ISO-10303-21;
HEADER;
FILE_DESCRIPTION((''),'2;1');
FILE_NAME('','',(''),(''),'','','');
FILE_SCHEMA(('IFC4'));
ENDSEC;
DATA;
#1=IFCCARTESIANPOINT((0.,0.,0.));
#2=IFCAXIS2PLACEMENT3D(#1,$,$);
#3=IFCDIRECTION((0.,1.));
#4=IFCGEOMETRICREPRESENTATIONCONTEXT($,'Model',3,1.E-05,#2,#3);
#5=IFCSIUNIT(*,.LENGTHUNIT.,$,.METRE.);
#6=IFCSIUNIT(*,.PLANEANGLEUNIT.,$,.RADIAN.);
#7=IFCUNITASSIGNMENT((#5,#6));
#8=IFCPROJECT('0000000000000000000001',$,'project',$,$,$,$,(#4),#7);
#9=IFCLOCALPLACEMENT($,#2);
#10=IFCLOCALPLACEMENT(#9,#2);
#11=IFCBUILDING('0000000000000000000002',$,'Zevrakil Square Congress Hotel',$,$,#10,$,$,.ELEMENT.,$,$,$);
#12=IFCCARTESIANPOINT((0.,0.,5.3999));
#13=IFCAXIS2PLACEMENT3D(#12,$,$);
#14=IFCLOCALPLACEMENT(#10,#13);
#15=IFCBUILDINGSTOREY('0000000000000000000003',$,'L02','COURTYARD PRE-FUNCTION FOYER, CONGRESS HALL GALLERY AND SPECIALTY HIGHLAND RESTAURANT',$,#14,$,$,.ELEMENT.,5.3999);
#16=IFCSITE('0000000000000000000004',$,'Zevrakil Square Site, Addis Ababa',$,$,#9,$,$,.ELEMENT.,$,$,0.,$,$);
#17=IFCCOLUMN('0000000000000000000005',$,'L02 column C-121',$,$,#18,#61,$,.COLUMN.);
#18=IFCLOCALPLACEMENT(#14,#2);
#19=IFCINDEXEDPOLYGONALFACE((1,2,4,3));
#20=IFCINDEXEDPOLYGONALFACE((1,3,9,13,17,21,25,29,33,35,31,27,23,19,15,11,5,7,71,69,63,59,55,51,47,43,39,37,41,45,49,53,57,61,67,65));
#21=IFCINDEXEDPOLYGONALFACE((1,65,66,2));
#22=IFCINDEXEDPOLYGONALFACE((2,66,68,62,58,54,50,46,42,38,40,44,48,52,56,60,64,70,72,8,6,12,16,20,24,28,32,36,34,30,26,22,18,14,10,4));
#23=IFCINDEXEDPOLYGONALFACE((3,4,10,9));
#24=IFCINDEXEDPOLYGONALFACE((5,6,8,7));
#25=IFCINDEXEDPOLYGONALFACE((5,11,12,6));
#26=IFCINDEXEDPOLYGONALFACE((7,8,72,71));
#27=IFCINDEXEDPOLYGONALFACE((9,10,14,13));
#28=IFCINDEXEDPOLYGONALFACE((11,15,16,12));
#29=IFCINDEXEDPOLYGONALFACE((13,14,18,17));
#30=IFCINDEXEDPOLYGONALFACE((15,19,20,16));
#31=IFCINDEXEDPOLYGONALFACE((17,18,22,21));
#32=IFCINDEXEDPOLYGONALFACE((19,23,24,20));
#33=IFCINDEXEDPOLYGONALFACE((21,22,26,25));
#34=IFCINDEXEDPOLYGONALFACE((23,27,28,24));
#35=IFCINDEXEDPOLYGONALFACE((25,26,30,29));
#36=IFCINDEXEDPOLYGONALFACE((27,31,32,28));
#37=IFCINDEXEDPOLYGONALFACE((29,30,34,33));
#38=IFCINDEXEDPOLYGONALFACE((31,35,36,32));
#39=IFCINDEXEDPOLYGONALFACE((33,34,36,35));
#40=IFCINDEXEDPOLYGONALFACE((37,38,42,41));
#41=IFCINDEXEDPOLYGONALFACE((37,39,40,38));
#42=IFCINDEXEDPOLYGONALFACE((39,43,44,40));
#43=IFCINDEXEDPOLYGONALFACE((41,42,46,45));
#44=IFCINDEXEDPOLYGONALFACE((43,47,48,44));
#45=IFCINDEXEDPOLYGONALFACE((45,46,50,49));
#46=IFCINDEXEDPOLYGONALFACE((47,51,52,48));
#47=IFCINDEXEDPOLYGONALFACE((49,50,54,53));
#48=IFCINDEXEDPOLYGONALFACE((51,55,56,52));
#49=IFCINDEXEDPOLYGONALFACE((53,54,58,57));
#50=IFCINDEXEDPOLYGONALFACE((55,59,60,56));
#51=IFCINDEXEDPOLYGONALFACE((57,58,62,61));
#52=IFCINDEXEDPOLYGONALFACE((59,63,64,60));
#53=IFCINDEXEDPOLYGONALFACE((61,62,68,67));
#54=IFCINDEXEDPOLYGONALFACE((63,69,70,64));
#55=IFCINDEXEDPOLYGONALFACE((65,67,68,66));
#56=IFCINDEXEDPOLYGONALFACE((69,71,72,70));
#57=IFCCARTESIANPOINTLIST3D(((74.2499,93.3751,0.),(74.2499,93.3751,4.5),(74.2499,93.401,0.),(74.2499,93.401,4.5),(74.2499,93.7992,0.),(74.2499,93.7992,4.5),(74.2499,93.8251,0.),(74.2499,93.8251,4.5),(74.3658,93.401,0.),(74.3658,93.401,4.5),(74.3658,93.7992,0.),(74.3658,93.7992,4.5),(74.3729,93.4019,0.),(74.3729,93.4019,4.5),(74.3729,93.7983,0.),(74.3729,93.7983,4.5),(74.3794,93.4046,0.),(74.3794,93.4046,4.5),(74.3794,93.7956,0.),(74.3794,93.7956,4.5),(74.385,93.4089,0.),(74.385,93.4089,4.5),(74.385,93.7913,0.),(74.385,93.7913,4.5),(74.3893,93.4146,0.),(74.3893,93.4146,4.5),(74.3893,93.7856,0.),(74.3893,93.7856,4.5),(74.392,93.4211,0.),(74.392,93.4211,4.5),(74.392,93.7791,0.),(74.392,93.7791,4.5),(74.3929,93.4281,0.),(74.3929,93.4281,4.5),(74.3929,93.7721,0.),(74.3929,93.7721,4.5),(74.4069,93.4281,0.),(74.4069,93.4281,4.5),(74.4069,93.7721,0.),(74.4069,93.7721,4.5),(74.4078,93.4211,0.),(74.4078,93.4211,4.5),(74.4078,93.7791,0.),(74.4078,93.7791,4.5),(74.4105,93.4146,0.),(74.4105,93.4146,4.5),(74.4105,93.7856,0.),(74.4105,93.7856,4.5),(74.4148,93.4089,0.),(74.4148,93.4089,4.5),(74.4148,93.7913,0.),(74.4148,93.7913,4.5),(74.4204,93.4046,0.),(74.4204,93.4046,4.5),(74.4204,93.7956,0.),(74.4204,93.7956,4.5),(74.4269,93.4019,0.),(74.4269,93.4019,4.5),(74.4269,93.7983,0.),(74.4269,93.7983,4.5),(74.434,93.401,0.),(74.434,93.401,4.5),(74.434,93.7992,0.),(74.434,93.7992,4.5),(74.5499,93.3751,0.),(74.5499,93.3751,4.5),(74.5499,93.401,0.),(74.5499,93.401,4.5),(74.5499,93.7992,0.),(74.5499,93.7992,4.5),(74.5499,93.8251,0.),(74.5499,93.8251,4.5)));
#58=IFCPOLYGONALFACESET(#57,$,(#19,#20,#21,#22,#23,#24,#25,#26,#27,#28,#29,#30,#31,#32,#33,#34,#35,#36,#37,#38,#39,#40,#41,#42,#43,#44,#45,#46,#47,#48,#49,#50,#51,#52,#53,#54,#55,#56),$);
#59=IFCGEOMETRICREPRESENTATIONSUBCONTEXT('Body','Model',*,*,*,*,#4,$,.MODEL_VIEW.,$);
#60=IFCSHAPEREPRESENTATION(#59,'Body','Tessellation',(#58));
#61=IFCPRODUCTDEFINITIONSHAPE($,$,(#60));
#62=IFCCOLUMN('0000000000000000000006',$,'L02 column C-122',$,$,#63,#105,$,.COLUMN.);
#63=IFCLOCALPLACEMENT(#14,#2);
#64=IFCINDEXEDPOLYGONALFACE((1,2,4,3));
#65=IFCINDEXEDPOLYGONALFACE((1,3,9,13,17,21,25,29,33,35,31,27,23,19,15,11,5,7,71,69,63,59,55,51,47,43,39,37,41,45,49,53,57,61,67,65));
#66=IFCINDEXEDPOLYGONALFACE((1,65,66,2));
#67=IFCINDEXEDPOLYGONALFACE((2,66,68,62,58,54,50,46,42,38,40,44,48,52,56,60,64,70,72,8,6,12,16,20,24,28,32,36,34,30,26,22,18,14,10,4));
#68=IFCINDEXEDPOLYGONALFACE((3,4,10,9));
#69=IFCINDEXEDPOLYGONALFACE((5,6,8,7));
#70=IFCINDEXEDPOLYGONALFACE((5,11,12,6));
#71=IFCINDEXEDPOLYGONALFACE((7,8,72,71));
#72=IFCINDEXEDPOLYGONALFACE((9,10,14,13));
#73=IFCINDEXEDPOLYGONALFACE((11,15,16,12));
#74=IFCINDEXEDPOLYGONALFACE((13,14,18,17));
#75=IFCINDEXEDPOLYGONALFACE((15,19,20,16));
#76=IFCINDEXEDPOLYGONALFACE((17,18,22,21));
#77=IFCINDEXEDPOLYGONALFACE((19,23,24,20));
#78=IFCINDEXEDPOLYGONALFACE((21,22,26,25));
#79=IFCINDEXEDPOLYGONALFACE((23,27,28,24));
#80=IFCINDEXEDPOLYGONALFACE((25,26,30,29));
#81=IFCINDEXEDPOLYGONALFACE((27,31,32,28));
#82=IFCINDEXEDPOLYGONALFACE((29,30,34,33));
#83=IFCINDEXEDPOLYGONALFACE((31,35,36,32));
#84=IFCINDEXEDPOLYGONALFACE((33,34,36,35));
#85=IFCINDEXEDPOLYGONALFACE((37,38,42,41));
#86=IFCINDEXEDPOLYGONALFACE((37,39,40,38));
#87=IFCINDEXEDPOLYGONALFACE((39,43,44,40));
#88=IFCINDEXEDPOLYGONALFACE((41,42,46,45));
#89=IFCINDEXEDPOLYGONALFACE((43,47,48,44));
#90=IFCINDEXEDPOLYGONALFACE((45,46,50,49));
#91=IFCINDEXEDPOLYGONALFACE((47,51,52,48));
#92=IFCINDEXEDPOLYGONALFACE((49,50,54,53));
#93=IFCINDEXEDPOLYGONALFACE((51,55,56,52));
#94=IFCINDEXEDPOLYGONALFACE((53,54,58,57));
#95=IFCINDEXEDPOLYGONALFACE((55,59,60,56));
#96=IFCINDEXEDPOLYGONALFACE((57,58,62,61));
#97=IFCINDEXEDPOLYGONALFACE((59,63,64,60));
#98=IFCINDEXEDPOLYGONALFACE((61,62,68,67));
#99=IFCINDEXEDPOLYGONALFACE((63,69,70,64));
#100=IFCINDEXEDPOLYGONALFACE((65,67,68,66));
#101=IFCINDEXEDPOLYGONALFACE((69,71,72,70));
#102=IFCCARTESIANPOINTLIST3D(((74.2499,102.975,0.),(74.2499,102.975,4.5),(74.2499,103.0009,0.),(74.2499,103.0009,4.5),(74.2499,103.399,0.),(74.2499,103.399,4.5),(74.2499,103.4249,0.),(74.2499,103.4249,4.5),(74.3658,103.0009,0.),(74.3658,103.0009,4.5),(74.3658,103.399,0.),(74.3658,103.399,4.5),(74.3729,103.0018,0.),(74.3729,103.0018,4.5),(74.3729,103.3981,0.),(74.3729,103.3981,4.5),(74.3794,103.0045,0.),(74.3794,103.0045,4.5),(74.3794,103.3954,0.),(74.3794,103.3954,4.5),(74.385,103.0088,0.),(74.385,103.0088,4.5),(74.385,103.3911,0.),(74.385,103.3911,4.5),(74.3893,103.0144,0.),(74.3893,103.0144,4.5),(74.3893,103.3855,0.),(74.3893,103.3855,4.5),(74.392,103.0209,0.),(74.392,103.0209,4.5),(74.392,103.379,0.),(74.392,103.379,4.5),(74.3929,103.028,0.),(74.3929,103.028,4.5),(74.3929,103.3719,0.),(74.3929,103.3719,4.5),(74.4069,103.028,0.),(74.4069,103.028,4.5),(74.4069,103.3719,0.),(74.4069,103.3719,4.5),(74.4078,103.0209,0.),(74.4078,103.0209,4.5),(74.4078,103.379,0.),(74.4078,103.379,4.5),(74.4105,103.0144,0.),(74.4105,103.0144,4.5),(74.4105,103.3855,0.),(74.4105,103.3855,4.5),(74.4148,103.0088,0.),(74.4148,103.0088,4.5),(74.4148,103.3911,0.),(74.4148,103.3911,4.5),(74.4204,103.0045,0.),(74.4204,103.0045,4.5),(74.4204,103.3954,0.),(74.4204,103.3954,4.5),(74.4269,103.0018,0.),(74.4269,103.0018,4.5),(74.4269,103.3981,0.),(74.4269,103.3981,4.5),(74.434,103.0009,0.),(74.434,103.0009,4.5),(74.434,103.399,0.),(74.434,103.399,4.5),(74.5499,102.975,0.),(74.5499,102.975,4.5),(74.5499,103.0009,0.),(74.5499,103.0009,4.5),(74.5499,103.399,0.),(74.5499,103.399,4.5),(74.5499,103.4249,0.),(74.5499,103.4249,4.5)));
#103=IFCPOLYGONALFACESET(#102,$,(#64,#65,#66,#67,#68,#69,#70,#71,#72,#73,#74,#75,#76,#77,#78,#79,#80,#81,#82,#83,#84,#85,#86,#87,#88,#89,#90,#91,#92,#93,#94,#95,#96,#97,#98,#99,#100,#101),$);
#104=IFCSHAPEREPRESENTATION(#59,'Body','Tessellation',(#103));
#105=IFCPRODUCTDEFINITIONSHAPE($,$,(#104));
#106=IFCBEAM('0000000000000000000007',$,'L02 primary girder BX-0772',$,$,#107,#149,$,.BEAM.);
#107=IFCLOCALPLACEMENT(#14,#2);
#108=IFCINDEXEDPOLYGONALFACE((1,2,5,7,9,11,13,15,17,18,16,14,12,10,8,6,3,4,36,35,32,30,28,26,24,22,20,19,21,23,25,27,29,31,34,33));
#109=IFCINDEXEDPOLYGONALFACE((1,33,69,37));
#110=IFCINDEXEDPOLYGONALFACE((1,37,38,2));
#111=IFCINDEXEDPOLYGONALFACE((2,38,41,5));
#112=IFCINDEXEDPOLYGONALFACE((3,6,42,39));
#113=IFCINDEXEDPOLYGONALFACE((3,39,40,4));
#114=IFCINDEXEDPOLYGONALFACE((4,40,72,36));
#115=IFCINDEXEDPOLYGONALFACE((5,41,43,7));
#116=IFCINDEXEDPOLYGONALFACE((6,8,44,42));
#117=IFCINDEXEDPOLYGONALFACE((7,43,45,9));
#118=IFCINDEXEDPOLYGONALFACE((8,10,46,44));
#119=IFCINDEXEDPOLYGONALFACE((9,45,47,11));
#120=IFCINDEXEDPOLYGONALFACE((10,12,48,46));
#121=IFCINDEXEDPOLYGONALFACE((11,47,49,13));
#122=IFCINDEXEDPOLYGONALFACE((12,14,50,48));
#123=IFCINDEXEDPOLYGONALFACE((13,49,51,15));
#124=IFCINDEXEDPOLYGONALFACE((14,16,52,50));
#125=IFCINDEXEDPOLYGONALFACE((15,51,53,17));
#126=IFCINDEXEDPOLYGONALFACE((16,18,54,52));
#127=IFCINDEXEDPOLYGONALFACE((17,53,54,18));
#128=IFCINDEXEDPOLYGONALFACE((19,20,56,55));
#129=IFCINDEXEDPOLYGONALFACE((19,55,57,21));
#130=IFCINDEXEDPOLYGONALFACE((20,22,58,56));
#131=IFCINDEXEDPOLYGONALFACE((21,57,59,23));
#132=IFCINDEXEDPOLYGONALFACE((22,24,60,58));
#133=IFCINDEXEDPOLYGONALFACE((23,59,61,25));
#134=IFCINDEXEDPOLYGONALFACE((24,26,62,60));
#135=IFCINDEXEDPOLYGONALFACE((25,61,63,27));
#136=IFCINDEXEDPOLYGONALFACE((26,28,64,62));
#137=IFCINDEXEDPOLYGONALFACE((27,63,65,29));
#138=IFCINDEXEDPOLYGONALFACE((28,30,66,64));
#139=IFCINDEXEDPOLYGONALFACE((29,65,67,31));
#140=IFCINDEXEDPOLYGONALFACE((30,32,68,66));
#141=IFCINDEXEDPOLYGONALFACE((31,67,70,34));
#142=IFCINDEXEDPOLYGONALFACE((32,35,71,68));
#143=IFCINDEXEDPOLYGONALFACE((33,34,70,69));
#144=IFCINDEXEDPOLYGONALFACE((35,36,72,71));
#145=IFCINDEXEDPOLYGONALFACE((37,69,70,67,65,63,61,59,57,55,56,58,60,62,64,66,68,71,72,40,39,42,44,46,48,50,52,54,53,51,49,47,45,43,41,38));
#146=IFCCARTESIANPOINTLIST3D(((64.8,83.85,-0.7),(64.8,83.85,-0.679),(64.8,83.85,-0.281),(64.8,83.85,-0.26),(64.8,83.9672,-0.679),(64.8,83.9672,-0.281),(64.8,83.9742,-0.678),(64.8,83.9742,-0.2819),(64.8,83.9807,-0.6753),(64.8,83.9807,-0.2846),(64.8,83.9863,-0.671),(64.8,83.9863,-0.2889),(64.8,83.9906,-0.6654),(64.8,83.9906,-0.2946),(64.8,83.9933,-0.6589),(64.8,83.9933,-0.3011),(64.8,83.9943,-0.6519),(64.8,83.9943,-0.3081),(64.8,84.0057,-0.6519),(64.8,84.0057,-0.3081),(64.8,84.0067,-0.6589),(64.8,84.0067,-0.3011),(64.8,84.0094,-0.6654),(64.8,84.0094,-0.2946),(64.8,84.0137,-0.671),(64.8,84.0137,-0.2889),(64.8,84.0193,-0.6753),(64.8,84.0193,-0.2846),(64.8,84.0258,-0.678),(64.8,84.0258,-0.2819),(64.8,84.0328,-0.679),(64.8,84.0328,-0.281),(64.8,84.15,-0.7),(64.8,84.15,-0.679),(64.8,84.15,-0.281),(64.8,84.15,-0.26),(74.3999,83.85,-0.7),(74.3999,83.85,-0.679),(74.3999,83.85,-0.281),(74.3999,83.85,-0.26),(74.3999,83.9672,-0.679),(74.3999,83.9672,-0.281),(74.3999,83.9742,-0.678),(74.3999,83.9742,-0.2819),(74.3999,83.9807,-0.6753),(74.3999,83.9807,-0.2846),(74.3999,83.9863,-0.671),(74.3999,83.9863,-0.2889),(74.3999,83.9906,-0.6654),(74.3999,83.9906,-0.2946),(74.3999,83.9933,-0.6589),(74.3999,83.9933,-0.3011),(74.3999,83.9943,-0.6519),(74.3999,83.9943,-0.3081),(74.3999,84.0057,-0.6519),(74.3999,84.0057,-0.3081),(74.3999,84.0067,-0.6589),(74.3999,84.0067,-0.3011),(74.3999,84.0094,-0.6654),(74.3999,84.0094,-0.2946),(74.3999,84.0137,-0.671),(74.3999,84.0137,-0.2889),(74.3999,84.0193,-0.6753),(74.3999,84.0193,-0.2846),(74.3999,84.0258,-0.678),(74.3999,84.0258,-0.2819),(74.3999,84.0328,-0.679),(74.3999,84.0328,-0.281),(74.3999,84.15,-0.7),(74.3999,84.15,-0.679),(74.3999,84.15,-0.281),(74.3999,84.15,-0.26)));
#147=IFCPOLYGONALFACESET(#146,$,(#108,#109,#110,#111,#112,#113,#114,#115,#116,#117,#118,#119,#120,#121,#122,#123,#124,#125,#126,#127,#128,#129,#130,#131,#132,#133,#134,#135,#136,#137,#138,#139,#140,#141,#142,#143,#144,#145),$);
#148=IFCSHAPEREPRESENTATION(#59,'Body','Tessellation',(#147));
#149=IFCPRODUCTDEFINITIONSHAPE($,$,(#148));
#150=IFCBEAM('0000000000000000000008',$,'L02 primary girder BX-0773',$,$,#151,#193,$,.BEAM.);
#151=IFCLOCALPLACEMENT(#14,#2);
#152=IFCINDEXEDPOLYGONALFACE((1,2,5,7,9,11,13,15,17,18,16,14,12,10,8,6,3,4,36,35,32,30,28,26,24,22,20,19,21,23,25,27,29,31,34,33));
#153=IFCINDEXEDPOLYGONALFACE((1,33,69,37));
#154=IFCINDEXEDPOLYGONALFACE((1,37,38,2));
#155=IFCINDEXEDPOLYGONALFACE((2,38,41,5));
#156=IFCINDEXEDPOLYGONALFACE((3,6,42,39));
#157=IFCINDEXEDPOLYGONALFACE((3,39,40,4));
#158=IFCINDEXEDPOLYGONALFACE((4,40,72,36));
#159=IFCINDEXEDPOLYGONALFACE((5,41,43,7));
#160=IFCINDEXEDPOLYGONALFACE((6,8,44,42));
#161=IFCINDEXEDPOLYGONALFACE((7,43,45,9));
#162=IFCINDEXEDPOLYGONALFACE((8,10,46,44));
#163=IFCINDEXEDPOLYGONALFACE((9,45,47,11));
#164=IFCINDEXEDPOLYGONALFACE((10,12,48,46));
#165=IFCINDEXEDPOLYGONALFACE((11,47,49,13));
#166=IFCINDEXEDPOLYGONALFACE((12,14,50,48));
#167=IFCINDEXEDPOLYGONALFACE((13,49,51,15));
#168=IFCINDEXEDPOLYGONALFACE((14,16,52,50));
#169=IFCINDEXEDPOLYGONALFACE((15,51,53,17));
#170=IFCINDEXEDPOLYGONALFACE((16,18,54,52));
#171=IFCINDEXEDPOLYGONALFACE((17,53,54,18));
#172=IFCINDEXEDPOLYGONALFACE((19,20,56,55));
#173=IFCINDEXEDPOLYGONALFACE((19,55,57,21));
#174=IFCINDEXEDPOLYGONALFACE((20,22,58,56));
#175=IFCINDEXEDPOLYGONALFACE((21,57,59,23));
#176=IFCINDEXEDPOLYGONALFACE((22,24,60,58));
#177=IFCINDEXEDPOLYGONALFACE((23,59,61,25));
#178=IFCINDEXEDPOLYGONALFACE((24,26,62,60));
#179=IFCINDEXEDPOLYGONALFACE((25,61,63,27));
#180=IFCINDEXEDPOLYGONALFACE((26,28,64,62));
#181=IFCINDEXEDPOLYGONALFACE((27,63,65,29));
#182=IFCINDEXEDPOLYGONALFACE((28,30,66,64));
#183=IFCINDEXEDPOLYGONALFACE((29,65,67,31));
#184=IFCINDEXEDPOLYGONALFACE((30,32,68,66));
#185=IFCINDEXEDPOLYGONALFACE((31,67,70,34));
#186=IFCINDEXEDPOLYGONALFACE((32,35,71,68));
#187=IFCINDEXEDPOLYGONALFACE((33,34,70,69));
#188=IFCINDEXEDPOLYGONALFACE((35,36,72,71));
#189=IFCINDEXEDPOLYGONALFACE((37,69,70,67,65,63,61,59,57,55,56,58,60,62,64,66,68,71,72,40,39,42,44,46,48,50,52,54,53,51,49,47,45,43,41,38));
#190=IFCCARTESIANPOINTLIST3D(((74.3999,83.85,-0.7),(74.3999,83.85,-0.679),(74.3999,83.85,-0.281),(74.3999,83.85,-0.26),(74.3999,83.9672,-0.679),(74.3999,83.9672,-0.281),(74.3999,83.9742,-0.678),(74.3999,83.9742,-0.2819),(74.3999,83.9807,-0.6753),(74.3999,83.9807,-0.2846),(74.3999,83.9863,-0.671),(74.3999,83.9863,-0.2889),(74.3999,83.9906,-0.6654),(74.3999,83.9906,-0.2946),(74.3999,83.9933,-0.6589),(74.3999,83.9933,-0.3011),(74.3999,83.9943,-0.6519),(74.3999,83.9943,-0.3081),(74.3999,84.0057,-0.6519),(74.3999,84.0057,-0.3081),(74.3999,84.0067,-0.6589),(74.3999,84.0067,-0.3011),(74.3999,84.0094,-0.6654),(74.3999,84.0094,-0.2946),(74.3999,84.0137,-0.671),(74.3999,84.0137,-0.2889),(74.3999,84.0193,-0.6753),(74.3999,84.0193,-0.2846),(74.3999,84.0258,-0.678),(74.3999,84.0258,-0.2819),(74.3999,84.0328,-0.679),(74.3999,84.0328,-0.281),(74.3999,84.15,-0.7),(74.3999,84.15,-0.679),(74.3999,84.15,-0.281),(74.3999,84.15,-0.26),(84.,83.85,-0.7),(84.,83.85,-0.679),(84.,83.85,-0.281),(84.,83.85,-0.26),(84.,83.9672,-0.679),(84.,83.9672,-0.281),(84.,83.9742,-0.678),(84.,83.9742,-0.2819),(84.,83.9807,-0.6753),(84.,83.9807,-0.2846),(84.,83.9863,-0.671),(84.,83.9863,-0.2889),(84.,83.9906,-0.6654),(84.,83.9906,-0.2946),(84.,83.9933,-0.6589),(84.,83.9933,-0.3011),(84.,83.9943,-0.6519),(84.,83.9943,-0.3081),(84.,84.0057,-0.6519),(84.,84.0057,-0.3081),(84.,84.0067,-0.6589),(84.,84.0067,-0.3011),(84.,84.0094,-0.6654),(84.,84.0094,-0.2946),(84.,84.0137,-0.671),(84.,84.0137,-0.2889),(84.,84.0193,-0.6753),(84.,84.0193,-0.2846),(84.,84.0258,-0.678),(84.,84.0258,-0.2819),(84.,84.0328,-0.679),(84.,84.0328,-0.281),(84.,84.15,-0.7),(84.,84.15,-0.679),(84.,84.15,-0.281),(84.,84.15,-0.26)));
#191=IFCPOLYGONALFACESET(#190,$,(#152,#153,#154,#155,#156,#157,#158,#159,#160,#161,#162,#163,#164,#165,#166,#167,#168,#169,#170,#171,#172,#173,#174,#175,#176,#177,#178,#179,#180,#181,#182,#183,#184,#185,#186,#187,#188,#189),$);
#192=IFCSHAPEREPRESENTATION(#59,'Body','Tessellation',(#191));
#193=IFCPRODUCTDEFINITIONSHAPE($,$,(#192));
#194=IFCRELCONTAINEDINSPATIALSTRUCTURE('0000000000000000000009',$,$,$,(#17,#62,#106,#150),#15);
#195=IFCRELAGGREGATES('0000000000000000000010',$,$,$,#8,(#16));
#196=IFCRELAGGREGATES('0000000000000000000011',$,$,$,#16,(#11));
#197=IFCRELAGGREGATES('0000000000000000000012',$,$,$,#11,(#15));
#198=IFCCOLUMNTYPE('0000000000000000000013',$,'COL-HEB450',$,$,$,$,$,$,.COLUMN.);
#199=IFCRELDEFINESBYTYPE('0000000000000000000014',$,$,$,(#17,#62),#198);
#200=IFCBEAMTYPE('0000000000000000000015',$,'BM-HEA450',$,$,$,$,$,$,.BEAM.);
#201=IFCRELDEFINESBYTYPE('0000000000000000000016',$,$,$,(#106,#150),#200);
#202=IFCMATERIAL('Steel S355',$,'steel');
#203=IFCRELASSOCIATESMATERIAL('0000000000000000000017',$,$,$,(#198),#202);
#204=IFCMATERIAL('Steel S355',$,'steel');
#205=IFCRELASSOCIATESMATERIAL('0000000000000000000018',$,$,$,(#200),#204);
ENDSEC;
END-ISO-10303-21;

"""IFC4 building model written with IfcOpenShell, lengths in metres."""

from ifc_helpers import new_model, si_unit, direction, frame, origin, origin_2d, place, context, subcontext, project, spatial, i_section, extrude, material, material_profile, profile_set, type_object, element, save


model = new_model("IFC4")

# Units and contexts
model_context = context("Model", 3, precision=1e-05, world=origin(), true_north=direction((0.0, 1.0)))
body_context = subcontext(model_context, "Body", "Model", "MODEL_VIEW")
ifc_project = project(units=[si_unit("LENGTHUNIT", "METRE"), si_unit("PLANEANGLEUNIT", "RADIAN")], contexts=[model_context])

# Site, building, storey
site_placement = place(None, origin())
site = spatial("IfcSite", under=ifc_project, at=site_placement, Name="Zevrakil Square Site, Addis Ababa", CompositionType="ELEMENT", RefElevation=0.0)
building_placement = place(site_placement, origin())
building = spatial("IfcBuilding", under=site, at=building_placement, Name="Zevrakil Square Congress Hotel", CompositionType="ELEMENT")
storey_placement = place(building_placement, frame((0.0, 0.0, 5.3999)))
storey = spatial("IfcBuildingStorey", under=building, at=storey_placement, Name="L02", Description="COURTYARD PRE-FUNCTION FOYER, CONGRESS HALL GALLERY AND SPECIALTY HIGHLAND RESTAURANT", CompositionType="ELEMENT", Elevation=5.3999)

# Columns
ifc_material_1 = material(Name="Steel S355", Category="steel")
ifc_material_profile_1 = material_profile(ifc_material_1, i_section(OverallWidth=0.3, OverallDepth=0.45, WebThickness=0.0139, FlangeThickness=0.0259, FilletRadius=0.0271, at=origin_2d()), Name="HEB 450")
ifc_profile_set_1 = profile_set([ifc_material_profile_1], Name="Steel S355")
column_type = type_object("IfcColumnType", Name="COL-HEB450", PredefinedType="COLUMN", material=ifc_profile_set_1)
for number, where, z_axis, x_axis, name in (
    (1, (74.3999, 93.6001, 0.0), (0.0, 0.0, 1.0), (1.0, 0.0, 0.0), "L02 column C-121"),
    (2, (74.3999, 103.2, 0.0), (0.0, 0.0, 1.0), (1.0, 0.0, 0.0), "L02 column C-122"),
):
    element("IfcColumn", number, at=place(storey_placement, frame(where, z_axis=z_axis, x_axis=x_axis)), inside=storey, type_object=column_type, Name=name, PredefinedType="COLUMN", context=body_context, shape_type="SweptSolid", body=[
        extrude(i_section(OverallWidth=0.3, OverallDepth=0.45, WebThickness=0.0139, FlangeThickness=0.0259, FilletRadius=0.0271, at=origin_2d()), origin(), (0.0, 0.0, 1.0), 4.5),
    ])

# Beams
ifc_material_2 = material(Name="Steel S355", Category="steel")
ifc_material_profile_2 = material_profile(ifc_material_2, i_section(OverallWidth=0.3, OverallDepth=0.4399, WebThickness=0.0115, FlangeThickness=0.021, FilletRadius=0.0271, at=origin_2d()), Name="HEA 450")
ifc_profile_set_2 = profile_set([ifc_material_profile_2], Name="Steel S355")
beam_type_1 = type_object("IfcBeamType", Name="BM-HEA450", PredefinedType="BEAM", material=ifc_profile_set_2)
beam_1_placement = place(storey_placement, frame((64.8, 84.0, -0.48), z_axis=(1.0, 0.0, 0.0), x_axis=(0.0, 1.0, 0.0)))
element("IfcBeam", 3, at=beam_1_placement, inside=storey, type_object=beam_type_1, Name="L02 primary girder BX-0772", PredefinedType="BEAM", context=body_context, shape_type="SweptSolid", body=[
    extrude(i_section(OverallWidth=0.3, OverallDepth=0.4399, WebThickness=0.0115, FlangeThickness=0.021, FilletRadius=0.0271, at=origin_2d()), origin(), (0.0, 0.0, 1.0), 9.5999),
])
beam_2_placement = place(storey_placement, frame((74.3999, 84.0, -0.48), z_axis=(1.0, 0.0, 0.0), x_axis=(0.0, 1.0, 0.0)))
element("IfcBeam", 4, at=beam_2_placement, inside=storey, type_object=beam_type_1, Name="L02 primary girder BX-0773", PredefinedType="BEAM", context=body_context, shape_type="SweptSolid", body=[
    extrude(i_section(OverallWidth=0.3, OverallDepth=0.4399, WebThickness=0.0115, FlangeThickness=0.021, FilletRadius=0.0271, at=origin_2d()), origin(), (0.0, 0.0, 1.0), 9.6001),
])

save(model, "model.ifc")
